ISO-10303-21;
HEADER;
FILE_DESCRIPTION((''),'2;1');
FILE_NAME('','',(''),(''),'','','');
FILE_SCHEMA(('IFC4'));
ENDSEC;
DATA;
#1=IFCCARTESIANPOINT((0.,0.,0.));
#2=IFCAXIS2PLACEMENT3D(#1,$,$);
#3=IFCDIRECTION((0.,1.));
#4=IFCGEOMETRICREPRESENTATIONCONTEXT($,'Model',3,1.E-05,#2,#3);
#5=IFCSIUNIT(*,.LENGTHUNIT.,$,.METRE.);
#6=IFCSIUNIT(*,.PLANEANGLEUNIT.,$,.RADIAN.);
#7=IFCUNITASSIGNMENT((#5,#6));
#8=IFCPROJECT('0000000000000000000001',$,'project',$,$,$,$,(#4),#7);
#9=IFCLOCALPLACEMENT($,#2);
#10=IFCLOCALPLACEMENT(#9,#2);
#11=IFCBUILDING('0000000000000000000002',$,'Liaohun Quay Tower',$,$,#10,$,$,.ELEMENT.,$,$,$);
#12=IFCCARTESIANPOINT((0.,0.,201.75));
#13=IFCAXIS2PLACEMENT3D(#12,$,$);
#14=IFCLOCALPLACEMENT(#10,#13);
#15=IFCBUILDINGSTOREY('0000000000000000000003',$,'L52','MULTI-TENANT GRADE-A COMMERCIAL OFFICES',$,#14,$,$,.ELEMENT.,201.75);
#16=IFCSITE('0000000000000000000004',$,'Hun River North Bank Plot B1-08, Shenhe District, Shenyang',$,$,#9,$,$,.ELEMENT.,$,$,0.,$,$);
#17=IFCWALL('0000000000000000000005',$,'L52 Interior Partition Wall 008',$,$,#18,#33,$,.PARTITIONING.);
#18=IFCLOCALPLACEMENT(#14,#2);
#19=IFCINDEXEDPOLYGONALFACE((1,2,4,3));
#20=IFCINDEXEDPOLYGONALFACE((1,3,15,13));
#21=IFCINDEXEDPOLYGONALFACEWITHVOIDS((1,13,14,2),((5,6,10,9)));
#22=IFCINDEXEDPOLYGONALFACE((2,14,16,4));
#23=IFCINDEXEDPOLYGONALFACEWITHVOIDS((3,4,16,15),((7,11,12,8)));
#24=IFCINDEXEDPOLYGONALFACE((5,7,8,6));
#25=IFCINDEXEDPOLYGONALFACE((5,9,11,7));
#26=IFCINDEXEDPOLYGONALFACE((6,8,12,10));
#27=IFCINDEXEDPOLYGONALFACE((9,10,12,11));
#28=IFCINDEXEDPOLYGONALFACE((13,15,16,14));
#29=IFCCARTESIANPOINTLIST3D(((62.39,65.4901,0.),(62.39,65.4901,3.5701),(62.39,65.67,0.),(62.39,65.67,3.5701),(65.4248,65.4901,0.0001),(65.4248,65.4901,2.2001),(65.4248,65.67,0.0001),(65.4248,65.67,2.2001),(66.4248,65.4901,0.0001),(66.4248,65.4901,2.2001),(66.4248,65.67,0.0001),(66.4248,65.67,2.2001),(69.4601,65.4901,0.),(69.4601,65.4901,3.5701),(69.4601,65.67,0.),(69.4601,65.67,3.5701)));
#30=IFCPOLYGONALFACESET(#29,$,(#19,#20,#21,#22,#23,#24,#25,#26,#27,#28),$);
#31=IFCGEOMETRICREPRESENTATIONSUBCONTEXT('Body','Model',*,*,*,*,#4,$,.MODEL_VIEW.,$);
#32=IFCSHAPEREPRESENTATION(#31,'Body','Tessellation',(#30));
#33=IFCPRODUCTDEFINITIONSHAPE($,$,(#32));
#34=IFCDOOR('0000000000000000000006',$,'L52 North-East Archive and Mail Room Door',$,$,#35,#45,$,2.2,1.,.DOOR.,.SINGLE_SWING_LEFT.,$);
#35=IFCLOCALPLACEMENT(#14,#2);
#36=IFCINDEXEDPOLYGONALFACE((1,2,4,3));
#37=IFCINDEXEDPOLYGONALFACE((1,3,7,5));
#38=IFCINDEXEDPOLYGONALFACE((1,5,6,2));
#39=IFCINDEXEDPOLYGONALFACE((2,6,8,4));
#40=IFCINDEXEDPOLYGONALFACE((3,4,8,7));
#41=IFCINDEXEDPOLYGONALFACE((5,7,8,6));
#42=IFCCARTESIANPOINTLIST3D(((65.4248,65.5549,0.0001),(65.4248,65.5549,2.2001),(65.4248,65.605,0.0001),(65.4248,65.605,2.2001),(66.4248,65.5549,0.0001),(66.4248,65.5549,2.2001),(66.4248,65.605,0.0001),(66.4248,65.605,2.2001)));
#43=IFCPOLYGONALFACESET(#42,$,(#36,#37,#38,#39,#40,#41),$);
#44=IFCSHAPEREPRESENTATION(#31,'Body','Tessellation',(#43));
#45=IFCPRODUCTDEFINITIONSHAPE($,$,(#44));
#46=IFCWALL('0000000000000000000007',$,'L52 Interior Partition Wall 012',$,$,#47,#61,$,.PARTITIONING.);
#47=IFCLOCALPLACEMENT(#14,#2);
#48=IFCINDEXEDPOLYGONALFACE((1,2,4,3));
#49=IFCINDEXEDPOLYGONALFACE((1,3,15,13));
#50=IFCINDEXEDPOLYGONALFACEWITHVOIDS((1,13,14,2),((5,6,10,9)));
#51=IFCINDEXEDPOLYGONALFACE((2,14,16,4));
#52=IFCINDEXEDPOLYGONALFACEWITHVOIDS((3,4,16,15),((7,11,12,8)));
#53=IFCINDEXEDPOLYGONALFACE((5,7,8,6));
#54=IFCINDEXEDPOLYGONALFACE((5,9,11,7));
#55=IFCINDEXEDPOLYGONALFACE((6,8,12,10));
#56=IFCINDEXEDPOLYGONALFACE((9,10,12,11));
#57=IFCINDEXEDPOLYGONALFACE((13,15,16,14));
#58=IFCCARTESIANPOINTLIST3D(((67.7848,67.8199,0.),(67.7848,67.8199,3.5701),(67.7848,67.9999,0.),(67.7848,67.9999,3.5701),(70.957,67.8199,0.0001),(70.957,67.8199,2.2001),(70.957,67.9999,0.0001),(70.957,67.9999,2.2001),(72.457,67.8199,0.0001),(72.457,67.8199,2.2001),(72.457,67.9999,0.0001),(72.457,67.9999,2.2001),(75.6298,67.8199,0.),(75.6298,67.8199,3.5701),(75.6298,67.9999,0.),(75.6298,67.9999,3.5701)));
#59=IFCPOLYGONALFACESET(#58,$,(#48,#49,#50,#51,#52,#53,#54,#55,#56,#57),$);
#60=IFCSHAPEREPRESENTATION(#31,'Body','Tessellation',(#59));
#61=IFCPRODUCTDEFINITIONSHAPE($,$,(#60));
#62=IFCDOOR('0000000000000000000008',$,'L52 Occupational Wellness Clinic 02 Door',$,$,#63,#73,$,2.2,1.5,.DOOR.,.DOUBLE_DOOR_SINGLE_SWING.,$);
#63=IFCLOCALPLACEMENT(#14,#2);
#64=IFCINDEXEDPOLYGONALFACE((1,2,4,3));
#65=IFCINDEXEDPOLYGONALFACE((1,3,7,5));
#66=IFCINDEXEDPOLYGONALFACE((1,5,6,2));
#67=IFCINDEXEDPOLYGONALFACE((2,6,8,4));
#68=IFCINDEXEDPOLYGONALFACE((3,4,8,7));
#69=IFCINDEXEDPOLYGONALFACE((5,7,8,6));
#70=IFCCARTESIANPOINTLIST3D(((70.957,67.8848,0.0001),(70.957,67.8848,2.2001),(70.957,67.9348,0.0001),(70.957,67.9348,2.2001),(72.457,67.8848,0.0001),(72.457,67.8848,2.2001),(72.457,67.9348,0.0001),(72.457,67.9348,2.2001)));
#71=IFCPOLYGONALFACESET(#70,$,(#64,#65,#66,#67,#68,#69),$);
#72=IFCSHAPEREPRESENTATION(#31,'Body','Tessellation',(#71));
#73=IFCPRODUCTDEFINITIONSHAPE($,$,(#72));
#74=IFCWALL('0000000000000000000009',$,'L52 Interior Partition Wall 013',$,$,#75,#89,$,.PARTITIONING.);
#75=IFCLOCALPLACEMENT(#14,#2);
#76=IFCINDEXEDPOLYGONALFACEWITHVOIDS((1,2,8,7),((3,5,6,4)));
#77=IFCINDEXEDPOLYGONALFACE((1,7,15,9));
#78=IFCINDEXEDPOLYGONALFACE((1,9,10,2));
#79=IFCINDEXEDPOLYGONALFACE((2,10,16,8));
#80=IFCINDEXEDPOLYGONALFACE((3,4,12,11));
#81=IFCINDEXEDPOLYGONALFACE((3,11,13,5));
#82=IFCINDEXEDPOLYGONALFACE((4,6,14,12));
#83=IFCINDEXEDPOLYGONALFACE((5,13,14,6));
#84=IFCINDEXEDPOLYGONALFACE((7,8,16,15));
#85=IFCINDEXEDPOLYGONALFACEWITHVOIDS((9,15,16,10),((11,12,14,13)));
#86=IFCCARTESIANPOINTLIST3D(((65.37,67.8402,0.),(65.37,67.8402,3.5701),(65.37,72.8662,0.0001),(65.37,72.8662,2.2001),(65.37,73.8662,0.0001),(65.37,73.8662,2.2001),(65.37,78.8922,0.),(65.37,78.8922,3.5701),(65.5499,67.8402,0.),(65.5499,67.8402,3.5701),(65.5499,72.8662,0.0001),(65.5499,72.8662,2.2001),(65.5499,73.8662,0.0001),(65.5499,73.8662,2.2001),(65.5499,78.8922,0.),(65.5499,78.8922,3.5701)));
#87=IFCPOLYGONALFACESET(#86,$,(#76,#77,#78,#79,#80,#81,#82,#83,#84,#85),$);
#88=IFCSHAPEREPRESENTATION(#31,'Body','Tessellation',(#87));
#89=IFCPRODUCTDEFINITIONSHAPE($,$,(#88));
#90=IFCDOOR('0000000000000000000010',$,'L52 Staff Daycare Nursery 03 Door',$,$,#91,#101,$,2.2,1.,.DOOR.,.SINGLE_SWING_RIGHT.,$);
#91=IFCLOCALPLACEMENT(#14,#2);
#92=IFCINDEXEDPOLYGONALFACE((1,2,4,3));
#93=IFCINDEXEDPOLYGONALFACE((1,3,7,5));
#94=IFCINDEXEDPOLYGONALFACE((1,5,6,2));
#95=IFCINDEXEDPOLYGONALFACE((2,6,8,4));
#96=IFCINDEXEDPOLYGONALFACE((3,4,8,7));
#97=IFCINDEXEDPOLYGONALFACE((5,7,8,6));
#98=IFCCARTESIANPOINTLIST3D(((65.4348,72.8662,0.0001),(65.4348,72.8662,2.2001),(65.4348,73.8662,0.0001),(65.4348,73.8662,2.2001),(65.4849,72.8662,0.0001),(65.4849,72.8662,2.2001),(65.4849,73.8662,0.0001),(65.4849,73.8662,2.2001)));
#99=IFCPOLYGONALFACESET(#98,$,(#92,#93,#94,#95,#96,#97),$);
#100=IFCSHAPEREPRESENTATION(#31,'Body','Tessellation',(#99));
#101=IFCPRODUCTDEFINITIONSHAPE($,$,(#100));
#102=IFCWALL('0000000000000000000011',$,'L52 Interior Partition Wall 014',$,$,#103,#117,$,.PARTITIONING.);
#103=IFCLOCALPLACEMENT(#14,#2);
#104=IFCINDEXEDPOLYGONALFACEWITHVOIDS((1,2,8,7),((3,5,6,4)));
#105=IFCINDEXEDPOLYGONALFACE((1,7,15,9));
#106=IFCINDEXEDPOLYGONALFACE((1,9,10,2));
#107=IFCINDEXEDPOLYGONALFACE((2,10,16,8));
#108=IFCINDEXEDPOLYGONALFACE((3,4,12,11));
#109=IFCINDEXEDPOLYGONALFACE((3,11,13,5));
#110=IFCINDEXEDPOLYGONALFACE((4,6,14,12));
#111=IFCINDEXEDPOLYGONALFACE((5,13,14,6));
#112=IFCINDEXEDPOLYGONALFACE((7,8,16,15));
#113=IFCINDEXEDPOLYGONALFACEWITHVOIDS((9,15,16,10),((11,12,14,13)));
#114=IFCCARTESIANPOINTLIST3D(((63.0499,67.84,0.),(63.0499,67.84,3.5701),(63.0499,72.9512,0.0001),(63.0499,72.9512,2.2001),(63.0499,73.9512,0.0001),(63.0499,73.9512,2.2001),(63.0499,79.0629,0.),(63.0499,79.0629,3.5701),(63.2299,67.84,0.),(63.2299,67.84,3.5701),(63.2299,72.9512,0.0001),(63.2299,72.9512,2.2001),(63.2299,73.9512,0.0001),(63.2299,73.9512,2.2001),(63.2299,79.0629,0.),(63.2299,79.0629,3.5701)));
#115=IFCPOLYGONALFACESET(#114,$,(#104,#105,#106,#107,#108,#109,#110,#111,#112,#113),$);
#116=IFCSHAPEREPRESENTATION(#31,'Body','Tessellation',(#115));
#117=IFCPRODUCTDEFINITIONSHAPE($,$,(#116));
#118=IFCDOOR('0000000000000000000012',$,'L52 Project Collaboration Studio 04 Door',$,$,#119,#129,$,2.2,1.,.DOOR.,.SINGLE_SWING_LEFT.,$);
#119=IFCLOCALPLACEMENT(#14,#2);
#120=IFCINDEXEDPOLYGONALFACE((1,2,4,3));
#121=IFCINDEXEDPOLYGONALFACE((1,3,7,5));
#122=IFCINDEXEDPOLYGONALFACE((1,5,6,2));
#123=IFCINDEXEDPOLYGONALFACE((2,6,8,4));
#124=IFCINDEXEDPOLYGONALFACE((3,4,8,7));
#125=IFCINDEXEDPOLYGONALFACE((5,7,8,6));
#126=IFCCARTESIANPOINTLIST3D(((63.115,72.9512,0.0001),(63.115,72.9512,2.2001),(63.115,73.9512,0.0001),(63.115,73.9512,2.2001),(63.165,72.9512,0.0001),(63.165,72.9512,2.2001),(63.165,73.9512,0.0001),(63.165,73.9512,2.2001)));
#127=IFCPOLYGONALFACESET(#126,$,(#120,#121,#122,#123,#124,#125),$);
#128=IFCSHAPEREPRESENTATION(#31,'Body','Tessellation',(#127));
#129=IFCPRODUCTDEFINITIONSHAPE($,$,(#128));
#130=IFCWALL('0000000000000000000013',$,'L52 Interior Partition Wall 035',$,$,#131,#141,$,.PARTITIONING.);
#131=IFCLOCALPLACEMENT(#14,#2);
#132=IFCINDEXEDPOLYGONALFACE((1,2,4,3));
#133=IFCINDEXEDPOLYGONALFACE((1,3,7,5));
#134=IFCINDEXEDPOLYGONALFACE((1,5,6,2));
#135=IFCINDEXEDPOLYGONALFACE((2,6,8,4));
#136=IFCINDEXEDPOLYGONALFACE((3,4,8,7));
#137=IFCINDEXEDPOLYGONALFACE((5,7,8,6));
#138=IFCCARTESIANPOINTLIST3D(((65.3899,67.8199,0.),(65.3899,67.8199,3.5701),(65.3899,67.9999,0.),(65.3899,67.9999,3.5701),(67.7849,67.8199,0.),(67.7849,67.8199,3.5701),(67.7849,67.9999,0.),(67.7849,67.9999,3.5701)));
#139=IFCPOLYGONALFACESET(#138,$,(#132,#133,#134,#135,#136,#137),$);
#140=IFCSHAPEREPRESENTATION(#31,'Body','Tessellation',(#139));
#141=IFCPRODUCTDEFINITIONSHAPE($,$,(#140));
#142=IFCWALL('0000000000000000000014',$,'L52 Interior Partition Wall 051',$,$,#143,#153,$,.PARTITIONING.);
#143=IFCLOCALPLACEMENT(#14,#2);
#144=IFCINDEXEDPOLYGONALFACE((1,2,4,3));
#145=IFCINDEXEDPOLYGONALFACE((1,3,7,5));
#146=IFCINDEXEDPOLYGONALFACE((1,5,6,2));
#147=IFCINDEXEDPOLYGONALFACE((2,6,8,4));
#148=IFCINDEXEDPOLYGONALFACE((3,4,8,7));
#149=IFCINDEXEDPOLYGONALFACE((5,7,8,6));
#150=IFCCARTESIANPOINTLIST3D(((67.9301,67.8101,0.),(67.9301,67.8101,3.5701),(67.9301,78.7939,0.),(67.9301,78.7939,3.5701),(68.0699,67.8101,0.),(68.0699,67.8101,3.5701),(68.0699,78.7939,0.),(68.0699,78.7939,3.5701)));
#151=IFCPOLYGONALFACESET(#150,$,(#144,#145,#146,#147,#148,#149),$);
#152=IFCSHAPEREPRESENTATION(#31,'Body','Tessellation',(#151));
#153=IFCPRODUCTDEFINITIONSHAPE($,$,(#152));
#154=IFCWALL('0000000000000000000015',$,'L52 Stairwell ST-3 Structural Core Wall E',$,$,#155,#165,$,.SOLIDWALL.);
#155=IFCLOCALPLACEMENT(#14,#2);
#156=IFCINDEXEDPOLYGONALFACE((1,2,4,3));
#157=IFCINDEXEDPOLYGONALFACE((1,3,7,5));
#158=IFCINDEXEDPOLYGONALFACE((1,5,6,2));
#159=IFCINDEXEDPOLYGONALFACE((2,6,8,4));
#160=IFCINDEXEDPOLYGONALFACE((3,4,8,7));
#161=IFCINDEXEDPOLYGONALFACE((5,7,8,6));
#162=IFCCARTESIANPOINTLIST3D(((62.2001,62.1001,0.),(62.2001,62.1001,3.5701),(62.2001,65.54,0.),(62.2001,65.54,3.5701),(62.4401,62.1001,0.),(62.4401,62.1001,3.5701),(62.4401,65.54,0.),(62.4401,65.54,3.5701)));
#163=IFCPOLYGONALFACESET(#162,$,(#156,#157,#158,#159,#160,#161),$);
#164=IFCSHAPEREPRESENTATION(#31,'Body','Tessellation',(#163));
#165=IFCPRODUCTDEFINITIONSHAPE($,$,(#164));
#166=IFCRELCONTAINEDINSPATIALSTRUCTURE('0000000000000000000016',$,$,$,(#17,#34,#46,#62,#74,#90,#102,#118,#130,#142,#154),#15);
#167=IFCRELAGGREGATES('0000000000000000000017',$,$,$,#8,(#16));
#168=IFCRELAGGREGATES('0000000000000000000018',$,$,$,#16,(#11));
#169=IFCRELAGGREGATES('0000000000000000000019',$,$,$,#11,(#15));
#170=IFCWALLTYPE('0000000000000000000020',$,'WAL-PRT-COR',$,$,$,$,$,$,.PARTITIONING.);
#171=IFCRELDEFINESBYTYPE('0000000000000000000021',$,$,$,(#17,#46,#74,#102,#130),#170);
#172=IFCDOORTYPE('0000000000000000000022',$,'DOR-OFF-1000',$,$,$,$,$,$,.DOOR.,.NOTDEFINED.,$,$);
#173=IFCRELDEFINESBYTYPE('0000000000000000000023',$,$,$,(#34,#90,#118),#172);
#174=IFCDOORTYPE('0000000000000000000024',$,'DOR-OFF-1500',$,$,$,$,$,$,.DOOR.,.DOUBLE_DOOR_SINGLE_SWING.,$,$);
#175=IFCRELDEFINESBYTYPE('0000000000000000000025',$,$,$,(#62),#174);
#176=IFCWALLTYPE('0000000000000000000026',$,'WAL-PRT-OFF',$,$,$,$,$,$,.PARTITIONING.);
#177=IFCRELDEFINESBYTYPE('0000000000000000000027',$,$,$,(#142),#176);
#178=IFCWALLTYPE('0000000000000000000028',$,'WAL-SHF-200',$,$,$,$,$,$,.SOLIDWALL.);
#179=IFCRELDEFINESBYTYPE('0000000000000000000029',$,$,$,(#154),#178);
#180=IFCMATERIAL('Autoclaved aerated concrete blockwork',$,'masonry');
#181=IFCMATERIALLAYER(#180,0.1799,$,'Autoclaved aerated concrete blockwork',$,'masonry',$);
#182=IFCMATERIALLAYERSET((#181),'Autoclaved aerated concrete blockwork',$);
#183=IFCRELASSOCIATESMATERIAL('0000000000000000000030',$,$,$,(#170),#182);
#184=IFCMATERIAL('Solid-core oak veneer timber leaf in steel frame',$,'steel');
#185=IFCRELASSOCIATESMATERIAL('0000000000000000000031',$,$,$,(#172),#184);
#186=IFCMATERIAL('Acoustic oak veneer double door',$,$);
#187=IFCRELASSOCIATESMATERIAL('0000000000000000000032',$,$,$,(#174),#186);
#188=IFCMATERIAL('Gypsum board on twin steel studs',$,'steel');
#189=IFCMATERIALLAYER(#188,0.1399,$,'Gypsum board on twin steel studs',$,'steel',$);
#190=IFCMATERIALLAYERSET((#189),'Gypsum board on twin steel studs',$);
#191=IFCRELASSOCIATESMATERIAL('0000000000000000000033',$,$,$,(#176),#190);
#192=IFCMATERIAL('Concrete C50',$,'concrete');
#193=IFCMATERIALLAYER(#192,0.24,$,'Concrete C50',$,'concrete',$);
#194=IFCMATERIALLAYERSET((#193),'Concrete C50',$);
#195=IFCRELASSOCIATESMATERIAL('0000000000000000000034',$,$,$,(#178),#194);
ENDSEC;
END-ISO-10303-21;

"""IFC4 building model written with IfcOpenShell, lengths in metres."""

from ifc_helpers import new_model, si_unit, direction, frame, frame_2d, origin, place, context, subcontext, project, spatial, rectangle, extrude, source, transform, mapped, material, layer, layer_set, type_object, element, fill, save


model = new_model("IFC4")

# Units and contexts
model_context = context("Model", 3, precision=1e-05, world=origin(), true_north=direction((0.0, 1.0)))
body_context = subcontext(model_context, "Body", "Model", "MODEL_VIEW")
ifc_project = project(units=[si_unit("LENGTHUNIT", "METRE"), si_unit("PLANEANGLEUNIT", "RADIAN")], contexts=[model_context])

# Site, building, storey
site_placement = place(None, origin())
site = spatial("IfcSite", under=ifc_project, at=site_placement, Name="Hun River North Bank Plot B1-08, Shenhe District, Shenyang", CompositionType="ELEMENT", RefElevation=0.0)
building_placement = place(site_placement, origin())
building = spatial("IfcBuilding", under=site, at=building_placement, Name="Liaohun Quay Tower", CompositionType="ELEMENT")
storey_placement = place(building_placement, frame((0.0, 0.0, 201.75)))
storey = spatial("IfcBuildingStorey", under=building, at=storey_placement, Name="L52", Description="MULTI-TENANT GRADE-A COMMERCIAL OFFICES", CompositionType="ELEMENT", Elevation=201.75)

# Walls, openings, doors
ifc_material_1 = material(Name="Autoclaved aerated concrete blockwork", Category="masonry")
ifc_layer_1 = layer(ifc_material_1, 0.1799, Name="Autoclaved aerated concrete blockwork", Category="masonry")
ifc_layer_set_1 = layer_set([ifc_layer_1], Name="Autoclaved aerated concrete blockwork")
wall_type_1 = type_object("IfcWallType", Name="WAL-PRT-COR", PredefinedType="PARTITIONING", material=ifc_layer_set_1)
wall_1_placement = place(storey_placement, frame((62.3899, 65.5801, 0.0), z_axis=(0.0, 0.0, 1.0), x_axis=(1.0, 0.0, 0.0)))
wall_1 = element("IfcWall", 1, at=wall_1_placement, inside=storey, type_object=wall_type_1, Name="L52 Interior Partition Wall 008", PredefinedType="PARTITIONING", context=body_context, shape_type="SweptSolid", body=[
    extrude(rectangle(XDim=7.0701, YDim=0.1799, at=frame_2d((3.5352, 0.0))), origin(), (0.0, 0.0, 1.0), 3.5701),
])
shared_shape_1 = source(origin(), body_context, "Body", "SweptSolid", [
    extrude(rectangle(XDim=1.0, YDim=2.2, at=frame_2d((0.5, 1.1001))), frame((0.0, 0.0999, 0.0), z_axis=(0.0, -1.0, 0.0), x_axis=(1.0, 0.0, 0.0)), (0.0, 0.0, 1.0), 0.2),
])
opening_1_placement = place(wall_1_placement, frame((3.0349, 0.0, 0.0)))
opening_1 = element("IfcOpeningElement", 2, at=opening_1_placement, cuts=wall_1, PredefinedType="OPENING", context=body_context, shape_type="MappedRepresentation", body=[
    mapped(shared_shape_1, transform((0.0, 0.0, 0.0), x_axis=(1.0, 0.0, 0.0), y_axis=(0.0, 1.0, 0.0), z_axis=(0.0, 0.0, 1.0), scale=1.0)),
])
ifc_material_2 = material(Name="Solid-core oak veneer timber leaf in steel frame", Category="steel")
door_type_1 = type_object("IfcDoorType", Name="DOR-OFF-1000", OperationType="NOTDEFINED", PredefinedType="DOOR", material=ifc_material_2)
shared_shape_2 = source(origin(), body_context, "Body", "SweptSolid", [
    extrude(rectangle(XDim=1.0, YDim=2.2, at=frame_2d((0.5, 1.1001))), frame((0.0, 0.0249, 0.0), z_axis=(0.0, -1.0, 0.0), x_axis=(1.0, 0.0, 0.0)), (0.0, 0.0, 1.0), 0.05),
])
door_1_placement = place(opening_1_placement, origin())
door_1 = element("IfcDoor", 3, at=door_1_placement, inside=storey, type_object=door_type_1, Name="L52 North-East Archive and Mail Room Door", OperationType="SINGLE_SWING_LEFT", OverallHeight=2.2, OverallWidth=1.0, PredefinedType="DOOR", context=body_context, shape_type="MappedRepresentation", body=[
    mapped(shared_shape_2, transform((0.0, 0.0, 0.0), x_axis=(1.0, 0.0, 0.0), y_axis=(0.0, 1.0, 0.0), z_axis=(0.0, 0.0, 1.0), scale=1.0)),
])
fill(opening_1, door_1)
wall_2_placement = place(storey_placement, frame((67.7849, 67.9099, 0.0), z_axis=(0.0, 0.0, 1.0), x_axis=(1.0, 0.0, 0.0)))
wall_2 = element("IfcWall", 4, at=wall_2_placement, inside=storey, type_object=wall_type_1, Name="L52 Interior Partition Wall 012", PredefinedType="PARTITIONING", context=body_context, shape_type="SweptSolid", body=[
    extrude(rectangle(XDim=7.845, YDim=0.1799, at=frame_2d((3.9224, 0.0))), origin(), (0.0, 0.0, 1.0), 3.5701),
])
shared_shape_3 = source(origin(), body_context, "Body", "SweptSolid", [
    extrude(rectangle(XDim=1.5, YDim=2.2, at=frame_2d((0.75, 1.1001))), frame((0.0, 0.0999, 0.0), z_axis=(0.0, -1.0, 0.0), x_axis=(1.0, 0.0, 0.0)), (0.0, 0.0, 1.0), 0.2),
])
opening_2_placement = place(wall_2_placement, frame((3.1721, 0.0, 0.0)))
opening_2 = element("IfcOpeningElement", 5, at=opening_2_placement, cuts=wall_2, PredefinedType="OPENING", context=body_context, shape_type="MappedRepresentation", body=[
    mapped(shared_shape_3, transform((0.0, 0.0, 0.0), x_axis=(1.0, 0.0, 0.0), y_axis=(0.0, 1.0, 0.0), z_axis=(0.0, 0.0, 1.0), scale=1.0)),
])
ifc_material_3 = material(Name="Acoustic oak veneer double door")
door_type_2 = type_object("IfcDoorType", Name="DOR-OFF-1500", OperationType="DOUBLE_DOOR_SINGLE_SWING", PredefinedType="DOOR", material=ifc_material_3)
shared_shape_4 = source(origin(), body_context, "Body", "SweptSolid", [
    extrude(rectangle(XDim=1.5, YDim=2.2, at=frame_2d((0.75, 1.1001))), frame((0.0, 0.0249, 0.0), z_axis=(0.0, -1.0, 0.0), x_axis=(1.0, 0.0, 0.0)), (0.0, 0.0, 1.0), 0.05),
])
door_2_placement = place(opening_2_placement, origin())
door_2 = element("IfcDoor", 6, at=door_2_placement, inside=storey, type_object=door_type_2, Name="L52 Occupational Wellness Clinic 02 Door", OperationType="DOUBLE_DOOR_SINGLE_SWING", OverallHeight=2.2, OverallWidth=1.5, PredefinedType="DOOR", context=body_context, shape_type="MappedRepresentation", body=[
    mapped(shared_shape_4, transform((0.0, 0.0, 0.0), x_axis=(1.0, 0.0, 0.0), y_axis=(0.0, 1.0, 0.0), z_axis=(0.0, 0.0, 1.0), scale=1.0)),
])
fill(opening_2, door_2)
wall_3_placement = place(storey_placement, frame((65.46, 78.8921, 0.0), z_axis=(0.0, 0.0, 1.0), x_axis=(0.0, -1.0, 0.0)))
wall_3 = element("IfcWall", 7, at=wall_3_placement, inside=storey, type_object=wall_type_1, Name="L52 Interior Partition Wall 013", PredefinedType="PARTITIONING", context=body_context, shape_type="SweptSolid", body=[
    extrude(rectangle(XDim=11.052, YDim=0.1799, at=frame_2d((5.5259, 0.0))), origin(), (0.0, 0.0, 1.0), 3.5701),
])
opening_3_placement = place(wall_3_placement, frame((5.0259, 0.0, 0.0)))
opening_3 = element("IfcOpeningElement", 8, at=opening_3_placement, cuts=wall_3, PredefinedType="OPENING", context=body_context, shape_type="MappedRepresentation", body=[
    mapped(shared_shape_1, transform((0.0, 0.0, 0.0), x_axis=(1.0, 0.0, 0.0), y_axis=(0.0, 1.0, 0.0), z_axis=(0.0, 0.0, 1.0), scale=1.0)),
])
door_3_placement = place(opening_3_placement, origin())
door_3 = element("IfcDoor", 9, at=door_3_placement, inside=storey, type_object=door_type_1, Name="L52 Staff Daycare Nursery 03 Door", OperationType="SINGLE_SWING_RIGHT", OverallHeight=2.2, OverallWidth=1.0, PredefinedType="DOOR", context=body_context, shape_type="MappedRepresentation", body=[
    mapped(shared_shape_2, transform((0.0, 0.0, 0.0), x_axis=(1.0, 0.0, 0.0), y_axis=(0.0, 1.0, 0.0), z_axis=(0.0, 0.0, 1.0), scale=1.0)),
])
fill(opening_3, door_3)
wall_4_placement = place(storey_placement, frame((63.1399, 67.8401, 0.0), z_axis=(0.0, 0.0, 1.0), x_axis=(0.0, 1.0, 0.0)))
wall_4 = element("IfcWall", 10, at=wall_4_placement, inside=storey, type_object=wall_type_1, Name="L52 Interior Partition Wall 014", PredefinedType="PARTITIONING", context=body_context, shape_type="SweptSolid", body=[
    extrude(rectangle(XDim=11.2229, YDim=0.1799, at=frame_2d((5.6113, 0.0))), origin(), (0.0, 0.0, 1.0), 3.5701),
])
opening_4_placement = place(wall_4_placement, frame((5.1111, 0.0, 0.0)))
opening_4 = element("IfcOpeningElement", 11, at=opening_4_placement, cuts=wall_4, PredefinedType="OPENING", context=body_context, shape_type="MappedRepresentation", body=[
    mapped(shared_shape_1, transform((0.0, 0.0, 0.0), x_axis=(1.0, 0.0, 0.0), y_axis=(0.0, 1.0, 0.0), z_axis=(0.0, 0.0, 1.0), scale=1.0)),
])
door_4_placement = place(opening_4_placement, origin())
door_4 = element("IfcDoor", 12, at=door_4_placement, inside=storey, type_object=door_type_1, Name="L52 Project Collaboration Studio 04 Door", OperationType="SINGLE_SWING_LEFT", OverallHeight=2.2, OverallWidth=1.0, PredefinedType="DOOR", context=body_context, shape_type="MappedRepresentation", body=[
    mapped(shared_shape_2, transform((0.0, 0.0, 0.0), x_axis=(1.0, 0.0, 0.0), y_axis=(0.0, 1.0, 0.0), z_axis=(0.0, 0.0, 1.0), scale=1.0)),
])
fill(opening_4, door_4)

# Walls
wall_5_placement = place(storey_placement, frame((65.3899, 67.9099, 0.0), z_axis=(0.0, 0.0, 1.0), x_axis=(1.0, 0.0, 0.0)))
element("IfcWall", 13, at=wall_5_placement, inside=storey, type_object=wall_type_1, Name="L52 Interior Partition Wall 035", PredefinedType="PARTITIONING", context=body_context, shape_type="SweptSolid", body=[
    extrude(rectangle(XDim=2.395, YDim=0.1799, at=frame_2d((1.1975, 0.0))), origin(), (0.0, 0.0, 1.0), 3.5701),
])
ifc_material_4 = material(Name="Gypsum board on twin steel studs", Category="steel")
ifc_layer_2 = layer(ifc_material_4, 0.1399, Name="Gypsum board on twin steel studs", Category="steel")
ifc_layer_set_2 = layer_set([ifc_layer_2], Name="Gypsum board on twin steel studs")
wall_type_2 = type_object("IfcWallType", Name="WAL-PRT-OFF", PredefinedType="PARTITIONING", material=ifc_layer_set_2)
wall_6_placement = place(storey_placement, frame((68.0, 67.8101, 0.0), z_axis=(0.0, 0.0, 1.0), x_axis=(0.0, 1.0, 0.0)))
element("IfcWall", 14, at=wall_6_placement, inside=storey, type_object=wall_type_2, Name="L52 Interior Partition Wall 051", PredefinedType="PARTITIONING", context=body_context, shape_type="SweptSolid", body=[
    extrude(rectangle(XDim=10.9839, YDim=0.1399, at=frame_2d((5.4919, 0.0))), origin(), (0.0, 0.0, 1.0), 3.5701),
])
ifc_material_5 = material(Name="Concrete C50", Category="concrete")
ifc_layer_3 = layer(ifc_material_5, 0.24, Name="Concrete C50", Category="concrete")
ifc_layer_set_3 = layer_set([ifc_layer_3], Name="Concrete C50")
wall_type_3 = type_object("IfcWallType", Name="WAL-SHF-200", PredefinedType="SOLIDWALL", material=ifc_layer_set_3)
wall_7_placement = place(storey_placement, frame((62.3201, 62.1001, 0.0), z_axis=(0.0, 0.0, 1.0), x_axis=(0.0, 1.0, 0.0)))
element("IfcWall", 15, at=wall_7_placement, inside=storey, type_object=wall_type_3, Name="L52 Stairwell ST-3 Structural Core Wall E", PredefinedType="SOLIDWALL", context=body_context, shape_type="SweptSolid", body=[
    extrude(rectangle(XDim=3.4399, YDim=0.24, at=frame_2d((1.72, 0.0))), origin(), (0.0, 0.0, 1.0), 3.5701),
])

save(model, "model.ifc")
